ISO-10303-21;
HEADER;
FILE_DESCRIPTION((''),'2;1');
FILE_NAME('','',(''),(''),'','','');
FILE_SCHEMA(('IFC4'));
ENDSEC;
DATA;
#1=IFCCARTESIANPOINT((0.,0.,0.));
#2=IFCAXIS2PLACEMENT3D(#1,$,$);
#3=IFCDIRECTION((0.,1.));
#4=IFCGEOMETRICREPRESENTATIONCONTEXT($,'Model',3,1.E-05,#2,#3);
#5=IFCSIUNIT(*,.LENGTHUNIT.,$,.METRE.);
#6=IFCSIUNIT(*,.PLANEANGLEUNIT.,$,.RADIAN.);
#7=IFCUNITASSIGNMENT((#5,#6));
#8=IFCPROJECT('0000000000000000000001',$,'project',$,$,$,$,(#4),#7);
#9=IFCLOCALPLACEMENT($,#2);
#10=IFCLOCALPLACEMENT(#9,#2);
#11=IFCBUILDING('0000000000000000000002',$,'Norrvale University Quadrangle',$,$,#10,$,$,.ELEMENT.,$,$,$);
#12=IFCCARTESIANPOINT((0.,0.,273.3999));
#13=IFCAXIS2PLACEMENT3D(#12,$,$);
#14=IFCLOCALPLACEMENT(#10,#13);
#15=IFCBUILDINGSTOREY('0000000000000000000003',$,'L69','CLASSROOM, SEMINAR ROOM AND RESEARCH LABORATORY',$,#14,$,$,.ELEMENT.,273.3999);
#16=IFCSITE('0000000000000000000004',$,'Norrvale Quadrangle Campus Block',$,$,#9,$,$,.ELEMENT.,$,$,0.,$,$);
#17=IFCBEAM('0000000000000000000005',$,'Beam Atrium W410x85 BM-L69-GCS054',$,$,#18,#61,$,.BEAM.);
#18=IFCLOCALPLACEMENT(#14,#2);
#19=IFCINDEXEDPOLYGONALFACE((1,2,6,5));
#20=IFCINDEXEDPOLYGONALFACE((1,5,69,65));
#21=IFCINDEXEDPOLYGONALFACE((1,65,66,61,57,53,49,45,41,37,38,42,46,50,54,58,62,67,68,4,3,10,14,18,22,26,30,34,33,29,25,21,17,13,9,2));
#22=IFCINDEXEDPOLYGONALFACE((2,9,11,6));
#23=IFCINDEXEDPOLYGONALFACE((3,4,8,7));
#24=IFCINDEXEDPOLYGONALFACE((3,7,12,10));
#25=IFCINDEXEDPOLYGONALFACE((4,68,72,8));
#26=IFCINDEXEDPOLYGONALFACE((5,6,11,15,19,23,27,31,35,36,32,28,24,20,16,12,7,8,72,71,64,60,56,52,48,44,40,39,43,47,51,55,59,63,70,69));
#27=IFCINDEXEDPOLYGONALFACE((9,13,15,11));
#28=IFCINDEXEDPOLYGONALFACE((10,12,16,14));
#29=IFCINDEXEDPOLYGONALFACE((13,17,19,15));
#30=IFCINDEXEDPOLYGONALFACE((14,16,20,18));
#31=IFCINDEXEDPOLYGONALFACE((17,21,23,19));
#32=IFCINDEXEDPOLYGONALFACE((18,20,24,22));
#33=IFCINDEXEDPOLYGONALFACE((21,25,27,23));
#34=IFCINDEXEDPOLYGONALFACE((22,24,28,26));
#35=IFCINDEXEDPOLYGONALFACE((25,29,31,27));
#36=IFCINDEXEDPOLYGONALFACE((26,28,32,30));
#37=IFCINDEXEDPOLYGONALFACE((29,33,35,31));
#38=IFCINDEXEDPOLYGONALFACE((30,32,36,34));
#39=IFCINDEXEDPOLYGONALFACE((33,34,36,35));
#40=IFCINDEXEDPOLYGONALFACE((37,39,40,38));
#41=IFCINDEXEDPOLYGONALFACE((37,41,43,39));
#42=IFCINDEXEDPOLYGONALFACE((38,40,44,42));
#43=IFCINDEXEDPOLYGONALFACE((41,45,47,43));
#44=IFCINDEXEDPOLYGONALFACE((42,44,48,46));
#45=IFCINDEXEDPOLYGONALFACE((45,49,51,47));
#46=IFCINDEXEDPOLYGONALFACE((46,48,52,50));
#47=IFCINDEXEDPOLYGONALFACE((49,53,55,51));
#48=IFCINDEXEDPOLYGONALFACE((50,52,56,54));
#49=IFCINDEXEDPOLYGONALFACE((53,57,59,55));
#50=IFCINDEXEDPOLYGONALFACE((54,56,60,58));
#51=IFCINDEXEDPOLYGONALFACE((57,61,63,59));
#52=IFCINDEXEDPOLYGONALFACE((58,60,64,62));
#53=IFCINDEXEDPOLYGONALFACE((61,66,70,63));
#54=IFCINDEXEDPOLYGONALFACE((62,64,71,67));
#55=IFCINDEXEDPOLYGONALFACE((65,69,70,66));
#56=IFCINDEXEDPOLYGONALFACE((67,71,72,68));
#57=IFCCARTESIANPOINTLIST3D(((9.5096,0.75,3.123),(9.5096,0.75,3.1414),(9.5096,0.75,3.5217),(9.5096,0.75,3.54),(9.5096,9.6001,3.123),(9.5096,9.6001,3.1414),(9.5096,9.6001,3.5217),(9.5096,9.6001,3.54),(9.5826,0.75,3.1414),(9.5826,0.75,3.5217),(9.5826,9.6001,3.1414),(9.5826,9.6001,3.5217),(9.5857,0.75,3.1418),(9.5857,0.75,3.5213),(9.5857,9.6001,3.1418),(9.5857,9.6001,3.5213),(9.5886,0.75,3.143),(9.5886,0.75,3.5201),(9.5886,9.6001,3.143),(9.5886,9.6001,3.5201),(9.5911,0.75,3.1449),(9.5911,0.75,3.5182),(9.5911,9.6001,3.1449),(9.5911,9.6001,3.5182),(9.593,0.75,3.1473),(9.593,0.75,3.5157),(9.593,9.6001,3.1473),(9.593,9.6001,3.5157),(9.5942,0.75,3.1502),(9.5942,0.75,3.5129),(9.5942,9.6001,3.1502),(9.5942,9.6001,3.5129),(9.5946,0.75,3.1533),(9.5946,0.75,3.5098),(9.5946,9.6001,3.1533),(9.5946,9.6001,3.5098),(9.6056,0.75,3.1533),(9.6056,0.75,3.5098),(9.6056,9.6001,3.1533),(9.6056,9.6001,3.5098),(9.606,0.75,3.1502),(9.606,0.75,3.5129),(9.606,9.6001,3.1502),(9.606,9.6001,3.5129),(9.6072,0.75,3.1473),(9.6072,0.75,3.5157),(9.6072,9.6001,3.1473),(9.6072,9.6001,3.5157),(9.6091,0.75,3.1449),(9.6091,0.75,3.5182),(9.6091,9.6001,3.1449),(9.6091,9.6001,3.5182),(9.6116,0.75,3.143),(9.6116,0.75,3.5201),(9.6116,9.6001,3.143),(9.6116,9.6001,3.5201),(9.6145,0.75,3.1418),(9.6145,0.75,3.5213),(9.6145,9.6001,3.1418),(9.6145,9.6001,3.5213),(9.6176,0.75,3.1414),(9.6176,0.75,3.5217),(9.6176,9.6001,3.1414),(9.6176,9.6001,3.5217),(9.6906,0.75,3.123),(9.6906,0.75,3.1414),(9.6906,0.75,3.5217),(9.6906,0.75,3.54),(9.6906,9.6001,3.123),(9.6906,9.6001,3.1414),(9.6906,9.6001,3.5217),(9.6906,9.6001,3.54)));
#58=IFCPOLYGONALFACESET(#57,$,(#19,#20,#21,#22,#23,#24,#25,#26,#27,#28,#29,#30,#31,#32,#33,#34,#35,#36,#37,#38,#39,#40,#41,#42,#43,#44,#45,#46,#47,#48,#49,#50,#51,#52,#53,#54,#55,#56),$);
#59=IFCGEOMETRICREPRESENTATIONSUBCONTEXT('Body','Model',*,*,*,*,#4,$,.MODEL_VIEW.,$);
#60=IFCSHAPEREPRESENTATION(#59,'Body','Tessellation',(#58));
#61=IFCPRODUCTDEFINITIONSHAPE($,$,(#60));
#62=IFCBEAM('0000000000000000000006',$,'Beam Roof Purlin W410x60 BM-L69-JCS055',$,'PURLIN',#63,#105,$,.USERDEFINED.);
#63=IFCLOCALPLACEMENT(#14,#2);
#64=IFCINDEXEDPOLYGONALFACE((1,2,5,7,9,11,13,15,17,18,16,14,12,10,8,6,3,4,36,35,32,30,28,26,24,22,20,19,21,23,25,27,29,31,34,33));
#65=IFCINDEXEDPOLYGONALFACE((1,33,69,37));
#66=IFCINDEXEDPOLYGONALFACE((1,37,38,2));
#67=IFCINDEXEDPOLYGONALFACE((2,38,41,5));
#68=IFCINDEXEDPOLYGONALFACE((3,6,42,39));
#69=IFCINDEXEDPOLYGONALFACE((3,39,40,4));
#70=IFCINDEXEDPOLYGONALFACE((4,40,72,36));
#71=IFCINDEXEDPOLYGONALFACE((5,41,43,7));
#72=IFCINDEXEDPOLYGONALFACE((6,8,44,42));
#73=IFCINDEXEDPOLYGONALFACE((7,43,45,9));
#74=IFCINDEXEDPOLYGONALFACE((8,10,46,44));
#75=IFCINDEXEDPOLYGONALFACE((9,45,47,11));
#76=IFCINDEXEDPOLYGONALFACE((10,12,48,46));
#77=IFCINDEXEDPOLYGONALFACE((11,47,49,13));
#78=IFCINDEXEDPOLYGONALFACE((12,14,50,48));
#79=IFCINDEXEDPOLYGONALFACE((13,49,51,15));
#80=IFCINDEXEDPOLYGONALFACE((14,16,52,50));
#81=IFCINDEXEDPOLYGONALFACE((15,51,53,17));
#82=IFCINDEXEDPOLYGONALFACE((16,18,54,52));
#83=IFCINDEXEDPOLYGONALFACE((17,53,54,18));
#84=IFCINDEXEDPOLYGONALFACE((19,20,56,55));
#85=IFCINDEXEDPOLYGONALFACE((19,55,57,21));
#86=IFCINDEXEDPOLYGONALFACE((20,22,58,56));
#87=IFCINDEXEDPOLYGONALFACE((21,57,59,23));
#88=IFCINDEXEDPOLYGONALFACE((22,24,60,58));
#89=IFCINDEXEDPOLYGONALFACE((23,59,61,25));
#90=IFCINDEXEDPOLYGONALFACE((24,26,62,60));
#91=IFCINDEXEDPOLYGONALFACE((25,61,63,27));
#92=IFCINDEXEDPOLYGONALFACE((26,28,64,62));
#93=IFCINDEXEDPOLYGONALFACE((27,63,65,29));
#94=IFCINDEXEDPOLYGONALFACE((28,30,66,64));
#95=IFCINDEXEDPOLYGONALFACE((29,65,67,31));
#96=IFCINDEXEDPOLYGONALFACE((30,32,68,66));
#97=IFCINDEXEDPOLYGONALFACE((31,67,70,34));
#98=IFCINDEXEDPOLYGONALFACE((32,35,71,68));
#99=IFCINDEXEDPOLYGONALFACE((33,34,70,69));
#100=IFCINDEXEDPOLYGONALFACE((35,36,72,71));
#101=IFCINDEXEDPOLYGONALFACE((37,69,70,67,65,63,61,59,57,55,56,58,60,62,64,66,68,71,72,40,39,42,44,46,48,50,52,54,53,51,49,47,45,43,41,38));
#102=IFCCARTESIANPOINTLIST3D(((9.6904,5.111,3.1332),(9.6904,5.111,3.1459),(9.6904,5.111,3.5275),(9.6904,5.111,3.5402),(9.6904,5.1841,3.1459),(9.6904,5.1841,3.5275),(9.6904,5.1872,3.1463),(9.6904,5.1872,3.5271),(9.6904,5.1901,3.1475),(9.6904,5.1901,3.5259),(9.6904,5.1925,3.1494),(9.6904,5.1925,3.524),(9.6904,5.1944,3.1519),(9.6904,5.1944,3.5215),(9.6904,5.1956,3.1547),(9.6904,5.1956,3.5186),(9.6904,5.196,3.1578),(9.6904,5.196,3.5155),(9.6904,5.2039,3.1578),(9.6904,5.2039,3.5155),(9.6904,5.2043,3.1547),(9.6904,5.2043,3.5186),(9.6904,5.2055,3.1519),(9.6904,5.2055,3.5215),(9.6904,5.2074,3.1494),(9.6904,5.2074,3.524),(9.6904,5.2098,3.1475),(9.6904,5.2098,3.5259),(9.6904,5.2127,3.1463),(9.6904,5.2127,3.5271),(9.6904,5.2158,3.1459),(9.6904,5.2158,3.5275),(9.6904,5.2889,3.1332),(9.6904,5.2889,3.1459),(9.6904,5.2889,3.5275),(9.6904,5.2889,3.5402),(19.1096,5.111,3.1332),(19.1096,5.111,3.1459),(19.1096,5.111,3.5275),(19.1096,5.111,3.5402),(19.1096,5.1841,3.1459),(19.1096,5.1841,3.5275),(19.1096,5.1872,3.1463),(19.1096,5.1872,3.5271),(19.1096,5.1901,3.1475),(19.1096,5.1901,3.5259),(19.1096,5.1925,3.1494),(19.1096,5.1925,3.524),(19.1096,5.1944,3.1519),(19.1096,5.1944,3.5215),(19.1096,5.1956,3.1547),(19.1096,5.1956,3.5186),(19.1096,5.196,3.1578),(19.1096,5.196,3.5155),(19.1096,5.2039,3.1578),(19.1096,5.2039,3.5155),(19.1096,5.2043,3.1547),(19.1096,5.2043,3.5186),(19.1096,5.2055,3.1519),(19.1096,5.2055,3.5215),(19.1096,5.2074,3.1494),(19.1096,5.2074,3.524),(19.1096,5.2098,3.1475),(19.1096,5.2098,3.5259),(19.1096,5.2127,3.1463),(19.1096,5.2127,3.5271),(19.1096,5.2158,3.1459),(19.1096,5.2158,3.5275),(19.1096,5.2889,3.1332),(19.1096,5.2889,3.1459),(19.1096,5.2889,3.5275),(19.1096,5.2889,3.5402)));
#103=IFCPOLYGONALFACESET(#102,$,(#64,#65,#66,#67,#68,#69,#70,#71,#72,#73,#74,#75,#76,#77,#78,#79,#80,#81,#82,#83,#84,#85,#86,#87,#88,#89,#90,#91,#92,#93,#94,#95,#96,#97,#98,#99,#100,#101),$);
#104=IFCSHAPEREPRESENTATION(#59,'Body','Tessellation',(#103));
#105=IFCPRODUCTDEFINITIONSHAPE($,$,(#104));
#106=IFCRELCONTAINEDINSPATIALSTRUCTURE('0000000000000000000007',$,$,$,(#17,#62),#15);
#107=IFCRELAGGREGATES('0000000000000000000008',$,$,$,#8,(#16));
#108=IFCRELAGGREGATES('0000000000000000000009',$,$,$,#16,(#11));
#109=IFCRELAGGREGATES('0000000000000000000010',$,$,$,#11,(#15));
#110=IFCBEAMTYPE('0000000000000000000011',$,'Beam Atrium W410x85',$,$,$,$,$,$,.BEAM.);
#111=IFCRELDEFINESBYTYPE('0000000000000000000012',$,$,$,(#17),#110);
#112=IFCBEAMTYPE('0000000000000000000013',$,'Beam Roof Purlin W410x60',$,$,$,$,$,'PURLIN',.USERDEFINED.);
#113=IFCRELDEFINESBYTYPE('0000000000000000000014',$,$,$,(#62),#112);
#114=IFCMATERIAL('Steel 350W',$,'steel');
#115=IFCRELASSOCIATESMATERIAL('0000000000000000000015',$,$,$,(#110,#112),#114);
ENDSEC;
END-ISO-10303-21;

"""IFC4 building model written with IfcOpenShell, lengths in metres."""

from ifc_helpers import new_model, si_unit, direction, frame, origin, origin_2d, place, context, subcontext, project, spatial, i_section, extrude, material, material_profile, profile_set, type_object, element, save


model = new_model("IFC4")

# Units and contexts
model_context = context("Model", 3, precision=1e-05, world=origin(), true_north=direction((0.0, 1.0)))
body_context = subcontext(model_context, "Body", "Model", "MODEL_VIEW")
ifc_project = project(units=[si_unit("LENGTHUNIT", "METRE"), si_unit("PLANEANGLEUNIT", "RADIAN")], contexts=[model_context])

# Site, building, storey
site_placement = place(None, origin())
site = spatial("IfcSite", under=ifc_project, at=site_placement, Name="Norrvale Quadrangle Campus Block", CompositionType="ELEMENT", RefElevation=0.0)
building_placement = place(site_placement, origin())
building = spatial("IfcBuilding", under=site, at=building_placement, Name="Norrvale University Quadrangle", CompositionType="ELEMENT")
storey_placement = place(building_placement, frame((0.0, 0.0, 273.3999)))
storey = spatial("IfcBuildingStorey", under=building, at=storey_placement, Name="L69", Description="CLASSROOM, SEMINAR ROOM AND RESEARCH LABORATORY", CompositionType="ELEMENT", Elevation=273.3999)

# Beams
ifc_material_1 = material(Name="Steel 350W", Category="steel")
ifc_material_profile_1 = material_profile(ifc_material_1, i_section(OverallWidth=0.1809, OverallDepth=0.417, WebThickness=0.011, FlangeThickness=0.0183, FilletRadius=0.012, at=origin_2d()), Name="Steel 350W")
ifc_profile_set_1 = profile_set([ifc_material_profile_1], Name="Steel 350W")
beam_type_1 = type_object("IfcBeamType", Name="Beam Atrium W410x85", PredefinedType="BEAM", material=ifc_profile_set_1)
beam_1_placement = place(storey_placement, frame((9.6001, 0.75, 3.3315), z_axis=(0.0, 1.0, 0.0), x_axis=(-1.0, 0.0, 0.0)))
element("IfcBeam", 1, at=beam_1_placement, inside=storey, type_object=beam_type_1, Name="Beam Atrium W410x85 BM-L69-GCS054", PredefinedType="BEAM", context=body_context, shape_type="SweptSolid", body=[
    extrude(i_section(OverallWidth=0.1809, OverallDepth=0.417, WebThickness=0.011, FlangeThickness=0.0183, FilletRadius=0.012, at=origin_2d()), origin(), (0.0, 0.0, 1.0), 8.8501),
])
ifc_material_profile_2 = material_profile(ifc_material_1, i_section(OverallWidth=0.178, OverallDepth=0.407, WebThickness=0.0078, FlangeThickness=0.0127, FilletRadius=0.012, at=origin_2d()), Name="Steel 350W")
ifc_profile_set_2 = profile_set([ifc_material_profile_2], Name="Steel 350W")
beam_type_2 = type_object("IfcBeamType", Name="Beam Roof Purlin W410x60", ElementType="PURLIN", PredefinedType="USERDEFINED", material=ifc_profile_set_2)
beam_2_placement = place(storey_placement, frame((9.6904, 5.2, 3.3367), z_axis=(1.0, 0.0, 0.0), x_axis=(0.0, 1.0, 0.0)))
element("IfcBeam", 2, at=beam_2_placement, inside=storey, type_object=beam_type_2, Name="Beam Roof Purlin W410x60 BM-L69-JCS055", ObjectType="PURLIN", PredefinedType="USERDEFINED", context=body_context, shape_type="SweptSolid", body=[
    extrude(i_section(OverallWidth=0.178, OverallDepth=0.407, WebThickness=0.0078, FlangeThickness=0.0127, FilletRadius=0.012, at=origin_2d()), origin(), (0.0, 0.0, 1.0), 9.4192),
])

save(model, "model.ifc")
